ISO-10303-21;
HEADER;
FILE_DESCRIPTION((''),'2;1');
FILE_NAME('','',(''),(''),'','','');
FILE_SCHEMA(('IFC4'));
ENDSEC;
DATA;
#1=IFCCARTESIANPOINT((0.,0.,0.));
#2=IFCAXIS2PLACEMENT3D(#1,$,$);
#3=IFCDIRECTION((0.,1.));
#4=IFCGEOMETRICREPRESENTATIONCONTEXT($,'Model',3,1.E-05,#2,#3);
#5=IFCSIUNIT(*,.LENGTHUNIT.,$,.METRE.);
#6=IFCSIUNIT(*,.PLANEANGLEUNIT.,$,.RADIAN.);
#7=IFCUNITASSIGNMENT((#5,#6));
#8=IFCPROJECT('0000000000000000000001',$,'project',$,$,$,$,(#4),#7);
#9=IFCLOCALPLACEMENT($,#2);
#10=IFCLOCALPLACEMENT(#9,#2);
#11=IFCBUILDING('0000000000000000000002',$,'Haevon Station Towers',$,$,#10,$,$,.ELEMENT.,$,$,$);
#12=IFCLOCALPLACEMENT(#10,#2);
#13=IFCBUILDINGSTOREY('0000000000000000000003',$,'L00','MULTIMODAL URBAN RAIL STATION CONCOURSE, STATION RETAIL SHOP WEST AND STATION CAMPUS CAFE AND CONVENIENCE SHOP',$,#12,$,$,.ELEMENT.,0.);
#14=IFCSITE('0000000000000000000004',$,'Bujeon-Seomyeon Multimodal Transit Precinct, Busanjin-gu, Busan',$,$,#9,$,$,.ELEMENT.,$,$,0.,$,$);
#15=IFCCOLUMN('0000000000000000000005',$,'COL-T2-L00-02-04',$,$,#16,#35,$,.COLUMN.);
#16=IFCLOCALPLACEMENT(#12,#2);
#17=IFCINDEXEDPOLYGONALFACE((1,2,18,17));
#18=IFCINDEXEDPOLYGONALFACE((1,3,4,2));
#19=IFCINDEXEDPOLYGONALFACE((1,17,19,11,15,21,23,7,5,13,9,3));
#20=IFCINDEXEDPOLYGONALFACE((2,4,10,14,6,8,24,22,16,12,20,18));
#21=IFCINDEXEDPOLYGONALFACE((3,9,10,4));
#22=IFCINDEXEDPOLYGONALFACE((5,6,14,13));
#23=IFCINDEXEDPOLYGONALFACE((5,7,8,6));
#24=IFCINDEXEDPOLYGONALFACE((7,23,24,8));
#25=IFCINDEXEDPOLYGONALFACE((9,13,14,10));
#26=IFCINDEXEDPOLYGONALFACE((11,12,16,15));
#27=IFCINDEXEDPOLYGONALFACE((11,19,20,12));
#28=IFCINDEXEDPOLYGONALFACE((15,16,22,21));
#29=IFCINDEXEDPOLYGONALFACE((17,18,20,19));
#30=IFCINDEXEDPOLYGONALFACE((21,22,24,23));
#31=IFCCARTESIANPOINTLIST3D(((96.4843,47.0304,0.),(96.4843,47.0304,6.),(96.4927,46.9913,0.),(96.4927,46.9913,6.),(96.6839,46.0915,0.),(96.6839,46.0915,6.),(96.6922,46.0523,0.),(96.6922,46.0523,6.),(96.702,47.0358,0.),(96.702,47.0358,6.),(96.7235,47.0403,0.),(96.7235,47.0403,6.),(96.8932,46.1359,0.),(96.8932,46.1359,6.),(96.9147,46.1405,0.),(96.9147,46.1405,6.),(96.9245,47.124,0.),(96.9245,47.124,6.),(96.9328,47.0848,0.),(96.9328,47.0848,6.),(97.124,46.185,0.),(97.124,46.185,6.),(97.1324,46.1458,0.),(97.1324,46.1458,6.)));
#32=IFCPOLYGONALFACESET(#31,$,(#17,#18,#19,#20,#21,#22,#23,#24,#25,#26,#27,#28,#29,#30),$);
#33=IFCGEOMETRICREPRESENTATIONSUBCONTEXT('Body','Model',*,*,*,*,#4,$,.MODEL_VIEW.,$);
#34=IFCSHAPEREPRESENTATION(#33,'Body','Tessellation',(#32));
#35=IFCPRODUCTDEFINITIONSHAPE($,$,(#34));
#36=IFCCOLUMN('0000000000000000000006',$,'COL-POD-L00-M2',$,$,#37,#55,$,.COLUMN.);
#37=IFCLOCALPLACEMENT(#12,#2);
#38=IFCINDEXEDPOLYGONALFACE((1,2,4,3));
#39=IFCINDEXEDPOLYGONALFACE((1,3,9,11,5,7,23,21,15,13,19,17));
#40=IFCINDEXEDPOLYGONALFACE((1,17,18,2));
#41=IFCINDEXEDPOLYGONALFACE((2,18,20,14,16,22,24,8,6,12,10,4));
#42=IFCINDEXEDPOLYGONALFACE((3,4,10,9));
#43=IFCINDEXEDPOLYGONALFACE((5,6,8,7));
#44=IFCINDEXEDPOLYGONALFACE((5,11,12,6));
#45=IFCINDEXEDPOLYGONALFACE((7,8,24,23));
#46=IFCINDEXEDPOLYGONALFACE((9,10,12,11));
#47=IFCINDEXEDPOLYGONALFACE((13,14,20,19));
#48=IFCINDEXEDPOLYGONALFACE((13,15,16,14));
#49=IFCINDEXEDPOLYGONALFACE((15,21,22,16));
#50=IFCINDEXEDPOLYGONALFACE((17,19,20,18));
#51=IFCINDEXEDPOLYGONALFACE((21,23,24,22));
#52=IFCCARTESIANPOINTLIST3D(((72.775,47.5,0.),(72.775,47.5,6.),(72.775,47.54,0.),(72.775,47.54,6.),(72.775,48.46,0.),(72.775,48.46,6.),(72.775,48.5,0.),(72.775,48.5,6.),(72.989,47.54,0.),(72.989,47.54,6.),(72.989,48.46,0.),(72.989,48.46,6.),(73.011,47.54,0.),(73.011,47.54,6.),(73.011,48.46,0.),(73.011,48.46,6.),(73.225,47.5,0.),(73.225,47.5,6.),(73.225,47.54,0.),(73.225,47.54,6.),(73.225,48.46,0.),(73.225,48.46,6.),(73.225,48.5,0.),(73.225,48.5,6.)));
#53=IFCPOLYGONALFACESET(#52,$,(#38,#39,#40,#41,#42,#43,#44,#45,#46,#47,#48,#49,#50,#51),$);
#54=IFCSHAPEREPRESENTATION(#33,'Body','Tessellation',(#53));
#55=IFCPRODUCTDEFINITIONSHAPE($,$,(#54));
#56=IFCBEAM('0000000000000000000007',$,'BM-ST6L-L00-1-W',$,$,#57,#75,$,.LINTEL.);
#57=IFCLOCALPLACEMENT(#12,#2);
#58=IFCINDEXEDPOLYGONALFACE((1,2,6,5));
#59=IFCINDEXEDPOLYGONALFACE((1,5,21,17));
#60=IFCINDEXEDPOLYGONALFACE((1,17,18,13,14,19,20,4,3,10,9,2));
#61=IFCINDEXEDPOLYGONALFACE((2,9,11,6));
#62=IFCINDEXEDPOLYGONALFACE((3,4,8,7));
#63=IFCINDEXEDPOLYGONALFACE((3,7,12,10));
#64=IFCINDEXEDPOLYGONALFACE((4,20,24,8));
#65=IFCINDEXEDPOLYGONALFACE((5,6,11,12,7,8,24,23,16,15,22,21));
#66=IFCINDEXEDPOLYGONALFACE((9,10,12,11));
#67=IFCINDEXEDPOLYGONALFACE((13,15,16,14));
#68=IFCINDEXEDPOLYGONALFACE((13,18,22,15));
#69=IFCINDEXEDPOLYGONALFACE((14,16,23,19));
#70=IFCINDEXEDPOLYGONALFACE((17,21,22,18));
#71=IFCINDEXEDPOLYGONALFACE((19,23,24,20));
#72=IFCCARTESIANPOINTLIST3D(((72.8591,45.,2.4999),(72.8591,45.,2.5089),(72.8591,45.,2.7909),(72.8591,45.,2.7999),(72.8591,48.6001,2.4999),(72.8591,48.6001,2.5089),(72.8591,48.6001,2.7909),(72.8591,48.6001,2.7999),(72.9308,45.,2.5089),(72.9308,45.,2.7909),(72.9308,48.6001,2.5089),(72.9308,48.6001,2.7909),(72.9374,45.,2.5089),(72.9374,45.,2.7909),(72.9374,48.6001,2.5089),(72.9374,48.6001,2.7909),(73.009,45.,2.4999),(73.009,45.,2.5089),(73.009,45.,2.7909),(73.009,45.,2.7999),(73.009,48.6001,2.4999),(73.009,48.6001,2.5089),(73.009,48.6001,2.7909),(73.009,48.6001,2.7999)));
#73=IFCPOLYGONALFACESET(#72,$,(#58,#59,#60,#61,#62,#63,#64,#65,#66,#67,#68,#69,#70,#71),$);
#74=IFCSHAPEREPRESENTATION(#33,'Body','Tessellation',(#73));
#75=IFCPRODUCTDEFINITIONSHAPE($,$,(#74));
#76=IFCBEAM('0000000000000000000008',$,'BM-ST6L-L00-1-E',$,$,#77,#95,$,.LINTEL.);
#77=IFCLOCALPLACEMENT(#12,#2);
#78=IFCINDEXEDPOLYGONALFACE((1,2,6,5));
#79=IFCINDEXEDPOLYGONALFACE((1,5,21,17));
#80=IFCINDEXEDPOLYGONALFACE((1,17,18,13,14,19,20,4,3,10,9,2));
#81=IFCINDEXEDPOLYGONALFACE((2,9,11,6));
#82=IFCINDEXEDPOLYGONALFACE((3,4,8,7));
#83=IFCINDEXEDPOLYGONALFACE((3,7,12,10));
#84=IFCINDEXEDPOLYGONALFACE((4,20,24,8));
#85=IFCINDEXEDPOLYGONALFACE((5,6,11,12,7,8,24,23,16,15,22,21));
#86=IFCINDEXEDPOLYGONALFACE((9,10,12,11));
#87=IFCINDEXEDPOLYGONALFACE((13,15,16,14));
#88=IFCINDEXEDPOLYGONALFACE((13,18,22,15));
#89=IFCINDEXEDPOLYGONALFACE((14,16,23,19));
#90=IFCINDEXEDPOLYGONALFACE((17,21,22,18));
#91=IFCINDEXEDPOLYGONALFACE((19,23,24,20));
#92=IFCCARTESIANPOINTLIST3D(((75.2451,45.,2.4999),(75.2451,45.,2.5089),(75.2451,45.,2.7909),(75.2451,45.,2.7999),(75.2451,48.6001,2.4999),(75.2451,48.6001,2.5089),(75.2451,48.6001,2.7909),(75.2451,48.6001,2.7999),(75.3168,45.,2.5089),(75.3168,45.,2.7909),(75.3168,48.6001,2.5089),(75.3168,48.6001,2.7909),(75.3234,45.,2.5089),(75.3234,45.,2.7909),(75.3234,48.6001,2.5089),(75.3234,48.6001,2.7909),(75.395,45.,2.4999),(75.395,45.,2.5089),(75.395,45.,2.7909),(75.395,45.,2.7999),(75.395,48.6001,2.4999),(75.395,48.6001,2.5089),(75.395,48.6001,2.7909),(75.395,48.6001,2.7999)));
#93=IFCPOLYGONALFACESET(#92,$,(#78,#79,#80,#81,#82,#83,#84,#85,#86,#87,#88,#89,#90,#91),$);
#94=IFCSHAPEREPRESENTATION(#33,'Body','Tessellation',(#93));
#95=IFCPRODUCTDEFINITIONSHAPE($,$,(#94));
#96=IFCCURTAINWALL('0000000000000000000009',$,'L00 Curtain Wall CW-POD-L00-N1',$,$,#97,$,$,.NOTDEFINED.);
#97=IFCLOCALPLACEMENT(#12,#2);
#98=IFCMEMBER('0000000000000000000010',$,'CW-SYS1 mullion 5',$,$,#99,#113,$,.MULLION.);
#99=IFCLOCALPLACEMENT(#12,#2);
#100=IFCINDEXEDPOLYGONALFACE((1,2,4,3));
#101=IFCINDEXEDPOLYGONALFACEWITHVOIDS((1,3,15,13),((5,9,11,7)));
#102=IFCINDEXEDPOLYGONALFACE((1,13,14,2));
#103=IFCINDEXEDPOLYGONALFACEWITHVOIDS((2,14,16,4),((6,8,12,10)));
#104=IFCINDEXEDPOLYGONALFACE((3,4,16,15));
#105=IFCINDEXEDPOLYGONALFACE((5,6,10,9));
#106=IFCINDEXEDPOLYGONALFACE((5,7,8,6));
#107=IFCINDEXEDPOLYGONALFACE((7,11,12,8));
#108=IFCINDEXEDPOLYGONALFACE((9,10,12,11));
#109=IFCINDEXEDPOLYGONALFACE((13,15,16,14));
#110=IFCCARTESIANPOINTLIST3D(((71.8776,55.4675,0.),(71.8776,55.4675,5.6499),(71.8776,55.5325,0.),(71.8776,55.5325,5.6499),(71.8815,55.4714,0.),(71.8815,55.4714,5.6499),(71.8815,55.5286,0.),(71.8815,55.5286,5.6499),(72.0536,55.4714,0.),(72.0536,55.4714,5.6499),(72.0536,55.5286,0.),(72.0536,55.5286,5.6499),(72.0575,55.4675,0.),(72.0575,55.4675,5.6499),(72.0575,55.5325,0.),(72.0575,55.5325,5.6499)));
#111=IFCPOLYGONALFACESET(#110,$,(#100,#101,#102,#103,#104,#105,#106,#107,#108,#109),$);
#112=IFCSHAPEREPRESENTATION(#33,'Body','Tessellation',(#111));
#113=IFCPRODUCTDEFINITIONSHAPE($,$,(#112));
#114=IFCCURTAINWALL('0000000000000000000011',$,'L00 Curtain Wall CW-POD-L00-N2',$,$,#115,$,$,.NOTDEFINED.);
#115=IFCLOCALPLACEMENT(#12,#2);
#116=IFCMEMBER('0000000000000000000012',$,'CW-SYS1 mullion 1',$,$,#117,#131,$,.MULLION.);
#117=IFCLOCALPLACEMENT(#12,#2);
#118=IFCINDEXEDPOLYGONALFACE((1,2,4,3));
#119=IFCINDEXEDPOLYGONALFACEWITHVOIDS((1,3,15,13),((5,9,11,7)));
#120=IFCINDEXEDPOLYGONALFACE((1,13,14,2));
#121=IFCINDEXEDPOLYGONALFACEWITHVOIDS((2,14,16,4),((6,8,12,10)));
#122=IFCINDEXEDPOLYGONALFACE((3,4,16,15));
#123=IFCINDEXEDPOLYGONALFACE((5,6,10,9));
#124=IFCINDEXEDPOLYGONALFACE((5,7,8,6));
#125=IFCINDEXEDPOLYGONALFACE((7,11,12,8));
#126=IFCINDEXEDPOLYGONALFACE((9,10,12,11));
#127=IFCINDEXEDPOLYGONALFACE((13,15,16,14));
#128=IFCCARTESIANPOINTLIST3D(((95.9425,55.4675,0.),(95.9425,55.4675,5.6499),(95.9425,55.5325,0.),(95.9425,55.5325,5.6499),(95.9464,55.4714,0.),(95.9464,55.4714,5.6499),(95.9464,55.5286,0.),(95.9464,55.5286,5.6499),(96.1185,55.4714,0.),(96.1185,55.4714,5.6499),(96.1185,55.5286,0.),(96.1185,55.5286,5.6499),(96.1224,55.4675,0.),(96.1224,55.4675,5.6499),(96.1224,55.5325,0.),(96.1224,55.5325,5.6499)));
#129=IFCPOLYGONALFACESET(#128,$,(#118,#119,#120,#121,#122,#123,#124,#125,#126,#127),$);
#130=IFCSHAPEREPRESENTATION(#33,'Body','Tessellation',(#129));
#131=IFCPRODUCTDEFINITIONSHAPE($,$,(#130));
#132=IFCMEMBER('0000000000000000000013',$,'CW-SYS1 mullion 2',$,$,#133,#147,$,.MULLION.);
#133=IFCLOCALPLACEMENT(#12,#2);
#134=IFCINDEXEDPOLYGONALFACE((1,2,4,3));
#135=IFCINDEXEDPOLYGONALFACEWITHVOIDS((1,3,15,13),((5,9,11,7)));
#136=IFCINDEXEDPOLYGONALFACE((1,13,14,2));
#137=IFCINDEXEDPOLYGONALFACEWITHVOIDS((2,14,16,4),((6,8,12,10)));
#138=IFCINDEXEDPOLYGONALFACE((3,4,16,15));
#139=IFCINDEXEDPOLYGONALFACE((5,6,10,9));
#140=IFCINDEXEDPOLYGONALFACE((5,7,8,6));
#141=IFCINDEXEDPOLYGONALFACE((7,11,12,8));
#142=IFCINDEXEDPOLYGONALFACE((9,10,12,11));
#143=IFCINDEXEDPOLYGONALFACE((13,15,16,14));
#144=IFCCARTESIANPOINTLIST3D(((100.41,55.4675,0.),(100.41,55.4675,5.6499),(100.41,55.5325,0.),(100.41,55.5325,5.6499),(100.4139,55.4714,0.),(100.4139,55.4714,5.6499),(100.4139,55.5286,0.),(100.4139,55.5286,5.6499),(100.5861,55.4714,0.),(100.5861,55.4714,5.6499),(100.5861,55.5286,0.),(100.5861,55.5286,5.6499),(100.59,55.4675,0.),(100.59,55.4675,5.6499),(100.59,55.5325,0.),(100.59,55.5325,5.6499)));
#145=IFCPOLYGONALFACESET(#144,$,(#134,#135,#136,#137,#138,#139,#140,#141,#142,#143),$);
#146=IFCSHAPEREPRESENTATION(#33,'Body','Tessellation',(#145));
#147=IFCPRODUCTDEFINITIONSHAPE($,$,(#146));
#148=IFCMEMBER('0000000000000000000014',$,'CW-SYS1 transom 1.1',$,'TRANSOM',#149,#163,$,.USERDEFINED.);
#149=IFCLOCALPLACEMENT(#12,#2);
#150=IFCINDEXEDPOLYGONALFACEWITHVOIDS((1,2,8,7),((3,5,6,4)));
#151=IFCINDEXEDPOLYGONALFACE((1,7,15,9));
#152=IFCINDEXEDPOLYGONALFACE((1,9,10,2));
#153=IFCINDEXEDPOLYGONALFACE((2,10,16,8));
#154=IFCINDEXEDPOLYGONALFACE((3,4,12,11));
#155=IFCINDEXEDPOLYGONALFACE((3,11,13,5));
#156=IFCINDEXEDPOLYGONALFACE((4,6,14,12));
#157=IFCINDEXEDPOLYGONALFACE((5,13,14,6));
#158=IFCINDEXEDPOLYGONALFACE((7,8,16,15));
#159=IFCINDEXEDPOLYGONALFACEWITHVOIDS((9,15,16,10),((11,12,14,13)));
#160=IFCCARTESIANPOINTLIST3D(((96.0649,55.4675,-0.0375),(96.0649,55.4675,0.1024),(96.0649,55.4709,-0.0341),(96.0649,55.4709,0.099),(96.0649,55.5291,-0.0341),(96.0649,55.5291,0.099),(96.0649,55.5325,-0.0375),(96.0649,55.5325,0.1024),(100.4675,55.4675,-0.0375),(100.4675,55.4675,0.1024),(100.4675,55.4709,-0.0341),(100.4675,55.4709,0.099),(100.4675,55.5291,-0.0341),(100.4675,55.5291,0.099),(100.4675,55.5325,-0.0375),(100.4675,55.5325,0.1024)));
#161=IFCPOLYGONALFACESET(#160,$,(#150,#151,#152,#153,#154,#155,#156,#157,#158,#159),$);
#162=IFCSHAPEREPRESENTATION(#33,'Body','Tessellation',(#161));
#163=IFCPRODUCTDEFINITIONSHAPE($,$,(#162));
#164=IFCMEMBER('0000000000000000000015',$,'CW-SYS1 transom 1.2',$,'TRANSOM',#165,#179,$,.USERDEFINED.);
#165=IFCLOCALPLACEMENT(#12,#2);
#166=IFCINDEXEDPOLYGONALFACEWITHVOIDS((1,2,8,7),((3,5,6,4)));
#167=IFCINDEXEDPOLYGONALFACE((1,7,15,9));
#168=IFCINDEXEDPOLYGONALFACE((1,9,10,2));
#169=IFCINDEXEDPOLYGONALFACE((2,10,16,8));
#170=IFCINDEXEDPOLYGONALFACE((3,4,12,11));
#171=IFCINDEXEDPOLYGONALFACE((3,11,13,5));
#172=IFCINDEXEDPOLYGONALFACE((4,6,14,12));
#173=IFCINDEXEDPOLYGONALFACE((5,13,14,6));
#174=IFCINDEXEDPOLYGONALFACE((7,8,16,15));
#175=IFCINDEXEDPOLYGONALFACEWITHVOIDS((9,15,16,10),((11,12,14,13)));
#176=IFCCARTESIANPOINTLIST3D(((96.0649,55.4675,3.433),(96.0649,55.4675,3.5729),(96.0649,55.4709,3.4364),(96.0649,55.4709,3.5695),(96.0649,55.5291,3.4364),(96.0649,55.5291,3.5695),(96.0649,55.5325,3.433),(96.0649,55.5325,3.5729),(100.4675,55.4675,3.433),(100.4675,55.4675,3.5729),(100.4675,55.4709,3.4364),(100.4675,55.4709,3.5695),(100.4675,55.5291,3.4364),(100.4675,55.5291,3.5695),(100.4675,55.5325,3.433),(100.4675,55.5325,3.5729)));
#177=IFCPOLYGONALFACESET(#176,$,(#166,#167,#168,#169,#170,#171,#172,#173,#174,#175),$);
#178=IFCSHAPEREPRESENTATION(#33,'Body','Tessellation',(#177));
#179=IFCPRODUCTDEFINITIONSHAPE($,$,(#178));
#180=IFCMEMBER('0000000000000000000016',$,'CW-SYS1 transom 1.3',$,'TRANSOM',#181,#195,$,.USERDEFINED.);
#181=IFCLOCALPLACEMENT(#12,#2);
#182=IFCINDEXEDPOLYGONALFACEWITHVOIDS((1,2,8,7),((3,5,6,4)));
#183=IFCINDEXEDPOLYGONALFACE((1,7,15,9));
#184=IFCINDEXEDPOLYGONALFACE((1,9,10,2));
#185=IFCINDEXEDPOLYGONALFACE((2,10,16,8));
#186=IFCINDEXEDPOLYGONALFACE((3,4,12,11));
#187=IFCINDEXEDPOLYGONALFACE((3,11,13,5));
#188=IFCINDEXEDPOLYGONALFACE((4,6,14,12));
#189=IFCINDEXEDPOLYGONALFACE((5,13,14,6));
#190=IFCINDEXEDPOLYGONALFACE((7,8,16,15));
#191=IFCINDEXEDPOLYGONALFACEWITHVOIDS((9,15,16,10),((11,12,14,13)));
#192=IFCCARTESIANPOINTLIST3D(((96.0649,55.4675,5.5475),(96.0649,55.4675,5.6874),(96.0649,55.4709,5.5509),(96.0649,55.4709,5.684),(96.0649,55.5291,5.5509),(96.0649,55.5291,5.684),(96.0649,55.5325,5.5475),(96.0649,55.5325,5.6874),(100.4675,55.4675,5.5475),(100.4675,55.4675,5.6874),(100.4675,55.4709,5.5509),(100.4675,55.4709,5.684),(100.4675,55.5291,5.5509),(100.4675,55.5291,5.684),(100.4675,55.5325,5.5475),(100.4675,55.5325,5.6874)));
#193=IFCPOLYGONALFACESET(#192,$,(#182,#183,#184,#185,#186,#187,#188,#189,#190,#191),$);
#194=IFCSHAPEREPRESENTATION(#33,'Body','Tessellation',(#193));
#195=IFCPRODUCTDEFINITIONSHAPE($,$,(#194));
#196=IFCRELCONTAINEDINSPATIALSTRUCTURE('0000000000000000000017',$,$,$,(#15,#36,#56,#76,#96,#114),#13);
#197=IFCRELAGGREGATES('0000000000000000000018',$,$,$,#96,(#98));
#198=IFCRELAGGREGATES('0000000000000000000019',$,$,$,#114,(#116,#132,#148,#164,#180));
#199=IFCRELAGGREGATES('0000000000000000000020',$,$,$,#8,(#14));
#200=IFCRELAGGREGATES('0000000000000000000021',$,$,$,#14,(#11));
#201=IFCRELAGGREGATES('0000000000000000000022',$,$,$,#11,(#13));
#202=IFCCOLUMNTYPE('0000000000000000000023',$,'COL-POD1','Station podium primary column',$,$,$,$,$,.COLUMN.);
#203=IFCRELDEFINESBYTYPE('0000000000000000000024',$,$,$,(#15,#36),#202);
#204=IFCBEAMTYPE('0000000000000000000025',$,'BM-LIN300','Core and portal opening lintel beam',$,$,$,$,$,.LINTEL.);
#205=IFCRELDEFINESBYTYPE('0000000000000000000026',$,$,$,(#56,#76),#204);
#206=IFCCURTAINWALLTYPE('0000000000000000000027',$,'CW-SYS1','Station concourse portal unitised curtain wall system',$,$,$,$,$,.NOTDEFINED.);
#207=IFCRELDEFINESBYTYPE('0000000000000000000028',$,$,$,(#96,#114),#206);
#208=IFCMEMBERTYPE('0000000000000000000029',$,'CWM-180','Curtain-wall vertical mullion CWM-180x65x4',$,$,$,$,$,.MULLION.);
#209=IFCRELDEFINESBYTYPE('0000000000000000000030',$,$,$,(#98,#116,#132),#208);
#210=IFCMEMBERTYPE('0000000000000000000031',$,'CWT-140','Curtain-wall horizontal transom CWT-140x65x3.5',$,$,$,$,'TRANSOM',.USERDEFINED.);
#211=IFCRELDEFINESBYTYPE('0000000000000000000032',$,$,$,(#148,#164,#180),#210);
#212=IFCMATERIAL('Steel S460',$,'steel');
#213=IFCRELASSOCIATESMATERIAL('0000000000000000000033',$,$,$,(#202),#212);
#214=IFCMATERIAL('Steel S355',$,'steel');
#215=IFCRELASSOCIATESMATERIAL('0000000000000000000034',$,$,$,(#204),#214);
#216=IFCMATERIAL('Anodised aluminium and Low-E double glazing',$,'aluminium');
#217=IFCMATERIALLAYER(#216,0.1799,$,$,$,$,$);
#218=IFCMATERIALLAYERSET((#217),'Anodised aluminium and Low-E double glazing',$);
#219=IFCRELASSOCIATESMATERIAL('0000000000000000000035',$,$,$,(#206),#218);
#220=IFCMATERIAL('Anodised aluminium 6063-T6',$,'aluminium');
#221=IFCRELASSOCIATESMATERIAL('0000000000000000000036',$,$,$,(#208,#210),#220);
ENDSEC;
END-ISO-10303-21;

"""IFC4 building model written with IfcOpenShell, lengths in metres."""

from ifc_helpers import new_model, si_unit, direction, frame, origin, origin_2d, place, context, subcontext, project, spatial, hollow_rectangle, i_section, extrude, material, layer, layer_set, material_profile, profile_set, type_object, element, aggregate, save


model = new_model("IFC4")

# Units and contexts
model_context = context("Model", 3, precision=1e-05, world=origin(), true_north=direction((0.0, 1.0)))
body_context = subcontext(model_context, "Body", "Model", "MODEL_VIEW")
ifc_project = project(units=[si_unit("LENGTHUNIT", "METRE"), si_unit("PLANEANGLEUNIT", "RADIAN")], contexts=[model_context])

# Site, building, storey
site_placement = place(None, origin())
site = spatial("IfcSite", under=ifc_project, at=site_placement, Name="Bujeon-Seomyeon Multimodal Transit Precinct, Busanjin-gu, Busan", CompositionType="ELEMENT", RefElevation=0.0)
building_placement = place(site_placement, origin())
building = spatial("IfcBuilding", under=site, at=building_placement, Name="Haevon Station Towers", CompositionType="ELEMENT")
storey_placement = place(building_placement, origin())
storey = spatial("IfcBuildingStorey", under=building, at=storey_placement, Name="L00", Description="MULTIMODAL URBAN RAIL STATION CONCOURSE, STATION RETAIL SHOP WEST AND STATION CAMPUS CAFE AND CONVENIENCE SHOP", CompositionType="ELEMENT", Elevation=0.0)

# Columns
ifc_material_1 = material(Name="Steel S460", Category="steel")
ifc_material_profile_1 = material_profile(ifc_material_1, i_section(OverallWidth=0.45, OverallDepth=1.0, WebThickness=0.022, FlangeThickness=0.04, at=origin_2d()), Name="H-1000x450x22x40")
ifc_profile_set_1 = profile_set([ifc_material_profile_1], Name="Steel S460")
column_type = type_object("IfcColumnType", Name="COL-POD1", Description="Station podium primary column", PredefinedType="COLUMN", material=ifc_profile_set_1)
for number, where, z_axis, x_axis, name in (
    (1, (96.8083, 46.5881, 0.0), (0.0, 0.0, 1.0), (0.978148, 0.207912, 0.0), "COL-T2-L00-02-04"),
    (2, (73.0, 48.0, 0.0), (0.0, 0.0, 1.0), (1.0, 0.0, 0.0), "COL-POD-L00-M2"),
):
    element("IfcColumn", number, at=place(storey_placement, frame(where, z_axis=z_axis, x_axis=x_axis)), inside=storey, type_object=column_type, Name=name, PredefinedType="COLUMN", context=body_context, shape_type="SweptSolid", body=[
        extrude(i_section(OverallWidth=0.45, OverallDepth=1.0, WebThickness=0.022, FlangeThickness=0.04, at=origin_2d()), origin(), (0.0, 0.0, 1.0), 6.0),
    ])

# Beams
ifc_material_2 = material(Name="Steel S355", Category="steel")
ifc_material_profile_2 = material_profile(ifc_material_2, i_section(OverallWidth=0.1499, OverallDepth=0.3, WebThickness=0.0066, FlangeThickness=0.009, at=origin_2d()), Name="H-300x150x6.5x9")
ifc_profile_set_2 = profile_set([ifc_material_profile_2], Name="Steel S355")
beam_type = type_object("IfcBeamType", Name="BM-LIN300", Description="Core and portal opening lintel beam", PredefinedType="LINTEL", material=ifc_profile_set_2)
for number, where, z_axis, x_axis, name in (
    (3, (72.9341, 45.0, 2.6499), (0.0, 1.0, 0.0), (-1.0, 0.0, 0.0), "BM-ST6L-L00-1-W"),
    (4, (75.3201, 45.0, 2.6499), (0.0, 1.0, 0.0), (-1.0, 0.0, 0.0), "BM-ST6L-L00-1-E"),
):
    element("IfcBeam", number, at=place(storey_placement, frame(where, z_axis=z_axis, x_axis=x_axis)), inside=storey, type_object=beam_type, Name=name, PredefinedType="LINTEL", context=body_context, shape_type="SweptSolid", body=[
        extrude(i_section(OverallWidth=0.1499, OverallDepth=0.3, WebThickness=0.0066, FlangeThickness=0.009, at=origin_2d()), origin(), (0.0, 0.0, 1.0), 3.6001),
    ])

# Curtain wall, member
ifc_material_3 = material(Name="Anodised aluminium and Low-E double glazing", Category="aluminium")
ifc_layer_1 = layer(ifc_material_3, 0.1799)
ifc_layer_set_1 = layer_set([ifc_layer_1], Name="Anodised aluminium and Low-E double glazing")
curtain_wall_type = type_object("IfcCurtainWallType", Name="CW-SYS1", Description="Station concourse portal unitised curtain wall system", PredefinedType="NOTDEFINED", material=ifc_layer_set_1)
curtain_wall_1_placement = place(storey_placement, origin())
curtain_wall_1 = element("IfcCurtainWall", 5, at=curtain_wall_1_placement, inside=storey, type_object=curtain_wall_type, Name="L00 Curtain Wall CW-POD-L00-N1", PredefinedType="NOTDEFINED")
ifc_material_4 = material(Name="Anodised aluminium 6063-T6", Category="aluminium")
ifc_material_profile_3 = material_profile(ifc_material_4, hollow_rectangle(XDim=0.0649, YDim=0.1799, WallThickness=0.0039, at=origin_2d()), Name="CWM-180x65x4")
ifc_profile_set_3 = profile_set([ifc_material_profile_3], Name="Anodised aluminium 6063-T6")
member_type_1 = type_object("IfcMemberType", Name="CWM-180", Description="Curtain-wall vertical mullion CWM-180x65x4", PredefinedType="MULLION", material=ifc_profile_set_3)
member_1_placement = place(storey_placement, frame((71.9675, 55.5, 0.0), z_axis=(0.0, 0.0, 1.0), x_axis=(0.0, 1.0, 0.0)))
member_1 = element("IfcMember", 6, at=member_1_placement, type_object=member_type_1, Name="CW-SYS1 mullion 5", PredefinedType="MULLION", context=body_context, shape_type="SweptSolid", body=[
    extrude(hollow_rectangle(XDim=0.0649, YDim=0.1799, WallThickness=0.0039, at=origin_2d()), origin(), (0.0, 0.0, 1.0), 5.6499),
])
aggregate(curtain_wall_1, [member_1])

# Curtain wall, members
curtain_wall_2_placement = place(storey_placement, origin())
curtain_wall_2 = element("IfcCurtainWall", 7, at=curtain_wall_2_placement, inside=storey, type_object=curtain_wall_type, Name="L00 Curtain Wall CW-POD-L00-N2", PredefinedType="NOTDEFINED")
member_2_placement = place(storey_placement, frame((96.0325, 55.5, 0.0), z_axis=(0.0, 0.0, 1.0), x_axis=(0.0, 1.0, 0.0)))
member_2 = element("IfcMember", 8, at=member_2_placement, type_object=member_type_1, Name="CW-SYS1 mullion 1", PredefinedType="MULLION", context=body_context, shape_type="SweptSolid", body=[
    extrude(hollow_rectangle(XDim=0.0649, YDim=0.1799, WallThickness=0.0039, at=origin_2d()), origin(), (0.0, 0.0, 1.0), 5.6499),
])
member_3_placement = place(storey_placement, frame((100.5, 55.5, 0.0), z_axis=(0.0, 0.0, 1.0), x_axis=(0.0, 1.0, 0.0)))
member_3 = element("IfcMember", 9, at=member_3_placement, type_object=member_type_1, Name="CW-SYS1 mullion 2", PredefinedType="MULLION", context=body_context, shape_type="SweptSolid", body=[
    extrude(hollow_rectangle(XDim=0.0649, YDim=0.1799, WallThickness=0.0039, at=origin_2d()), origin(), (0.0, 0.0, 1.0), 5.6499),
])
ifc_material_profile_4 = material_profile(ifc_material_4, hollow_rectangle(XDim=0.0649, YDim=0.1399, WallThickness=0.0034, at=origin_2d()), Name="CWT-140x65x3.5")
ifc_profile_set_4 = profile_set([ifc_material_profile_4], Name="Anodised aluminium 6063-T6")
member_type_2 = type_object("IfcMemberType", Name="CWT-140", Description="Curtain-wall horizontal transom CWT-140x65x3.5", ElementType="TRANSOM", PredefinedType="USERDEFINED", material=ifc_profile_set_4)
member_4_placement = place(storey_placement, frame((96.0649, 55.5, 0.0325), z_axis=(1.0, 0.0, 0.0), x_axis=(0.0, 1.0, 0.0)))
member_4 = element("IfcMember", 10, at=member_4_placement, type_object=member_type_2, Name="CW-SYS1 transom 1.1", ObjectType="TRANSOM", PredefinedType="USERDEFINED", context=body_context, shape_type="SweptSolid", body=[
    extrude(hollow_rectangle(XDim=0.0649, YDim=0.1399, WallThickness=0.0034, at=origin_2d()), origin(), (0.0, 0.0, 1.0), 4.4026),
])
member_5_placement = place(storey_placement, frame((96.0649, 55.5, 3.5029), z_axis=(1.0, 0.0, 0.0), x_axis=(0.0, 1.0, 0.0)))
member_5 = element("IfcMember", 11, at=member_5_placement, type_object=member_type_2, Name="CW-SYS1 transom 1.2", ObjectType="TRANSOM", PredefinedType="USERDEFINED", context=body_context, shape_type="SweptSolid", body=[
    extrude(hollow_rectangle(XDim=0.0649, YDim=0.1399, WallThickness=0.0034, at=origin_2d()), origin(), (0.0, 0.0, 1.0), 4.4026),
])
member_6_placement = place(storey_placement, frame((96.0649, 55.5, 5.6174), z_axis=(1.0, 0.0, 0.0), x_axis=(0.0, 1.0, 0.0)))
member_6 = element("IfcMember", 12, at=member_6_placement, type_object=member_type_2, Name="CW-SYS1 transom 1.3", ObjectType="TRANSOM", PredefinedType="USERDEFINED", context=body_context, shape_type="SweptSolid", body=[
    extrude(hollow_rectangle(XDim=0.0649, YDim=0.1399, WallThickness=0.0034, at=origin_2d()), origin(), (0.0, 0.0, 1.0), 4.4026),
])
aggregate(curtain_wall_2, [member_2, member_3, member_4, member_5, member_6])

save(model, "model.ifc")
